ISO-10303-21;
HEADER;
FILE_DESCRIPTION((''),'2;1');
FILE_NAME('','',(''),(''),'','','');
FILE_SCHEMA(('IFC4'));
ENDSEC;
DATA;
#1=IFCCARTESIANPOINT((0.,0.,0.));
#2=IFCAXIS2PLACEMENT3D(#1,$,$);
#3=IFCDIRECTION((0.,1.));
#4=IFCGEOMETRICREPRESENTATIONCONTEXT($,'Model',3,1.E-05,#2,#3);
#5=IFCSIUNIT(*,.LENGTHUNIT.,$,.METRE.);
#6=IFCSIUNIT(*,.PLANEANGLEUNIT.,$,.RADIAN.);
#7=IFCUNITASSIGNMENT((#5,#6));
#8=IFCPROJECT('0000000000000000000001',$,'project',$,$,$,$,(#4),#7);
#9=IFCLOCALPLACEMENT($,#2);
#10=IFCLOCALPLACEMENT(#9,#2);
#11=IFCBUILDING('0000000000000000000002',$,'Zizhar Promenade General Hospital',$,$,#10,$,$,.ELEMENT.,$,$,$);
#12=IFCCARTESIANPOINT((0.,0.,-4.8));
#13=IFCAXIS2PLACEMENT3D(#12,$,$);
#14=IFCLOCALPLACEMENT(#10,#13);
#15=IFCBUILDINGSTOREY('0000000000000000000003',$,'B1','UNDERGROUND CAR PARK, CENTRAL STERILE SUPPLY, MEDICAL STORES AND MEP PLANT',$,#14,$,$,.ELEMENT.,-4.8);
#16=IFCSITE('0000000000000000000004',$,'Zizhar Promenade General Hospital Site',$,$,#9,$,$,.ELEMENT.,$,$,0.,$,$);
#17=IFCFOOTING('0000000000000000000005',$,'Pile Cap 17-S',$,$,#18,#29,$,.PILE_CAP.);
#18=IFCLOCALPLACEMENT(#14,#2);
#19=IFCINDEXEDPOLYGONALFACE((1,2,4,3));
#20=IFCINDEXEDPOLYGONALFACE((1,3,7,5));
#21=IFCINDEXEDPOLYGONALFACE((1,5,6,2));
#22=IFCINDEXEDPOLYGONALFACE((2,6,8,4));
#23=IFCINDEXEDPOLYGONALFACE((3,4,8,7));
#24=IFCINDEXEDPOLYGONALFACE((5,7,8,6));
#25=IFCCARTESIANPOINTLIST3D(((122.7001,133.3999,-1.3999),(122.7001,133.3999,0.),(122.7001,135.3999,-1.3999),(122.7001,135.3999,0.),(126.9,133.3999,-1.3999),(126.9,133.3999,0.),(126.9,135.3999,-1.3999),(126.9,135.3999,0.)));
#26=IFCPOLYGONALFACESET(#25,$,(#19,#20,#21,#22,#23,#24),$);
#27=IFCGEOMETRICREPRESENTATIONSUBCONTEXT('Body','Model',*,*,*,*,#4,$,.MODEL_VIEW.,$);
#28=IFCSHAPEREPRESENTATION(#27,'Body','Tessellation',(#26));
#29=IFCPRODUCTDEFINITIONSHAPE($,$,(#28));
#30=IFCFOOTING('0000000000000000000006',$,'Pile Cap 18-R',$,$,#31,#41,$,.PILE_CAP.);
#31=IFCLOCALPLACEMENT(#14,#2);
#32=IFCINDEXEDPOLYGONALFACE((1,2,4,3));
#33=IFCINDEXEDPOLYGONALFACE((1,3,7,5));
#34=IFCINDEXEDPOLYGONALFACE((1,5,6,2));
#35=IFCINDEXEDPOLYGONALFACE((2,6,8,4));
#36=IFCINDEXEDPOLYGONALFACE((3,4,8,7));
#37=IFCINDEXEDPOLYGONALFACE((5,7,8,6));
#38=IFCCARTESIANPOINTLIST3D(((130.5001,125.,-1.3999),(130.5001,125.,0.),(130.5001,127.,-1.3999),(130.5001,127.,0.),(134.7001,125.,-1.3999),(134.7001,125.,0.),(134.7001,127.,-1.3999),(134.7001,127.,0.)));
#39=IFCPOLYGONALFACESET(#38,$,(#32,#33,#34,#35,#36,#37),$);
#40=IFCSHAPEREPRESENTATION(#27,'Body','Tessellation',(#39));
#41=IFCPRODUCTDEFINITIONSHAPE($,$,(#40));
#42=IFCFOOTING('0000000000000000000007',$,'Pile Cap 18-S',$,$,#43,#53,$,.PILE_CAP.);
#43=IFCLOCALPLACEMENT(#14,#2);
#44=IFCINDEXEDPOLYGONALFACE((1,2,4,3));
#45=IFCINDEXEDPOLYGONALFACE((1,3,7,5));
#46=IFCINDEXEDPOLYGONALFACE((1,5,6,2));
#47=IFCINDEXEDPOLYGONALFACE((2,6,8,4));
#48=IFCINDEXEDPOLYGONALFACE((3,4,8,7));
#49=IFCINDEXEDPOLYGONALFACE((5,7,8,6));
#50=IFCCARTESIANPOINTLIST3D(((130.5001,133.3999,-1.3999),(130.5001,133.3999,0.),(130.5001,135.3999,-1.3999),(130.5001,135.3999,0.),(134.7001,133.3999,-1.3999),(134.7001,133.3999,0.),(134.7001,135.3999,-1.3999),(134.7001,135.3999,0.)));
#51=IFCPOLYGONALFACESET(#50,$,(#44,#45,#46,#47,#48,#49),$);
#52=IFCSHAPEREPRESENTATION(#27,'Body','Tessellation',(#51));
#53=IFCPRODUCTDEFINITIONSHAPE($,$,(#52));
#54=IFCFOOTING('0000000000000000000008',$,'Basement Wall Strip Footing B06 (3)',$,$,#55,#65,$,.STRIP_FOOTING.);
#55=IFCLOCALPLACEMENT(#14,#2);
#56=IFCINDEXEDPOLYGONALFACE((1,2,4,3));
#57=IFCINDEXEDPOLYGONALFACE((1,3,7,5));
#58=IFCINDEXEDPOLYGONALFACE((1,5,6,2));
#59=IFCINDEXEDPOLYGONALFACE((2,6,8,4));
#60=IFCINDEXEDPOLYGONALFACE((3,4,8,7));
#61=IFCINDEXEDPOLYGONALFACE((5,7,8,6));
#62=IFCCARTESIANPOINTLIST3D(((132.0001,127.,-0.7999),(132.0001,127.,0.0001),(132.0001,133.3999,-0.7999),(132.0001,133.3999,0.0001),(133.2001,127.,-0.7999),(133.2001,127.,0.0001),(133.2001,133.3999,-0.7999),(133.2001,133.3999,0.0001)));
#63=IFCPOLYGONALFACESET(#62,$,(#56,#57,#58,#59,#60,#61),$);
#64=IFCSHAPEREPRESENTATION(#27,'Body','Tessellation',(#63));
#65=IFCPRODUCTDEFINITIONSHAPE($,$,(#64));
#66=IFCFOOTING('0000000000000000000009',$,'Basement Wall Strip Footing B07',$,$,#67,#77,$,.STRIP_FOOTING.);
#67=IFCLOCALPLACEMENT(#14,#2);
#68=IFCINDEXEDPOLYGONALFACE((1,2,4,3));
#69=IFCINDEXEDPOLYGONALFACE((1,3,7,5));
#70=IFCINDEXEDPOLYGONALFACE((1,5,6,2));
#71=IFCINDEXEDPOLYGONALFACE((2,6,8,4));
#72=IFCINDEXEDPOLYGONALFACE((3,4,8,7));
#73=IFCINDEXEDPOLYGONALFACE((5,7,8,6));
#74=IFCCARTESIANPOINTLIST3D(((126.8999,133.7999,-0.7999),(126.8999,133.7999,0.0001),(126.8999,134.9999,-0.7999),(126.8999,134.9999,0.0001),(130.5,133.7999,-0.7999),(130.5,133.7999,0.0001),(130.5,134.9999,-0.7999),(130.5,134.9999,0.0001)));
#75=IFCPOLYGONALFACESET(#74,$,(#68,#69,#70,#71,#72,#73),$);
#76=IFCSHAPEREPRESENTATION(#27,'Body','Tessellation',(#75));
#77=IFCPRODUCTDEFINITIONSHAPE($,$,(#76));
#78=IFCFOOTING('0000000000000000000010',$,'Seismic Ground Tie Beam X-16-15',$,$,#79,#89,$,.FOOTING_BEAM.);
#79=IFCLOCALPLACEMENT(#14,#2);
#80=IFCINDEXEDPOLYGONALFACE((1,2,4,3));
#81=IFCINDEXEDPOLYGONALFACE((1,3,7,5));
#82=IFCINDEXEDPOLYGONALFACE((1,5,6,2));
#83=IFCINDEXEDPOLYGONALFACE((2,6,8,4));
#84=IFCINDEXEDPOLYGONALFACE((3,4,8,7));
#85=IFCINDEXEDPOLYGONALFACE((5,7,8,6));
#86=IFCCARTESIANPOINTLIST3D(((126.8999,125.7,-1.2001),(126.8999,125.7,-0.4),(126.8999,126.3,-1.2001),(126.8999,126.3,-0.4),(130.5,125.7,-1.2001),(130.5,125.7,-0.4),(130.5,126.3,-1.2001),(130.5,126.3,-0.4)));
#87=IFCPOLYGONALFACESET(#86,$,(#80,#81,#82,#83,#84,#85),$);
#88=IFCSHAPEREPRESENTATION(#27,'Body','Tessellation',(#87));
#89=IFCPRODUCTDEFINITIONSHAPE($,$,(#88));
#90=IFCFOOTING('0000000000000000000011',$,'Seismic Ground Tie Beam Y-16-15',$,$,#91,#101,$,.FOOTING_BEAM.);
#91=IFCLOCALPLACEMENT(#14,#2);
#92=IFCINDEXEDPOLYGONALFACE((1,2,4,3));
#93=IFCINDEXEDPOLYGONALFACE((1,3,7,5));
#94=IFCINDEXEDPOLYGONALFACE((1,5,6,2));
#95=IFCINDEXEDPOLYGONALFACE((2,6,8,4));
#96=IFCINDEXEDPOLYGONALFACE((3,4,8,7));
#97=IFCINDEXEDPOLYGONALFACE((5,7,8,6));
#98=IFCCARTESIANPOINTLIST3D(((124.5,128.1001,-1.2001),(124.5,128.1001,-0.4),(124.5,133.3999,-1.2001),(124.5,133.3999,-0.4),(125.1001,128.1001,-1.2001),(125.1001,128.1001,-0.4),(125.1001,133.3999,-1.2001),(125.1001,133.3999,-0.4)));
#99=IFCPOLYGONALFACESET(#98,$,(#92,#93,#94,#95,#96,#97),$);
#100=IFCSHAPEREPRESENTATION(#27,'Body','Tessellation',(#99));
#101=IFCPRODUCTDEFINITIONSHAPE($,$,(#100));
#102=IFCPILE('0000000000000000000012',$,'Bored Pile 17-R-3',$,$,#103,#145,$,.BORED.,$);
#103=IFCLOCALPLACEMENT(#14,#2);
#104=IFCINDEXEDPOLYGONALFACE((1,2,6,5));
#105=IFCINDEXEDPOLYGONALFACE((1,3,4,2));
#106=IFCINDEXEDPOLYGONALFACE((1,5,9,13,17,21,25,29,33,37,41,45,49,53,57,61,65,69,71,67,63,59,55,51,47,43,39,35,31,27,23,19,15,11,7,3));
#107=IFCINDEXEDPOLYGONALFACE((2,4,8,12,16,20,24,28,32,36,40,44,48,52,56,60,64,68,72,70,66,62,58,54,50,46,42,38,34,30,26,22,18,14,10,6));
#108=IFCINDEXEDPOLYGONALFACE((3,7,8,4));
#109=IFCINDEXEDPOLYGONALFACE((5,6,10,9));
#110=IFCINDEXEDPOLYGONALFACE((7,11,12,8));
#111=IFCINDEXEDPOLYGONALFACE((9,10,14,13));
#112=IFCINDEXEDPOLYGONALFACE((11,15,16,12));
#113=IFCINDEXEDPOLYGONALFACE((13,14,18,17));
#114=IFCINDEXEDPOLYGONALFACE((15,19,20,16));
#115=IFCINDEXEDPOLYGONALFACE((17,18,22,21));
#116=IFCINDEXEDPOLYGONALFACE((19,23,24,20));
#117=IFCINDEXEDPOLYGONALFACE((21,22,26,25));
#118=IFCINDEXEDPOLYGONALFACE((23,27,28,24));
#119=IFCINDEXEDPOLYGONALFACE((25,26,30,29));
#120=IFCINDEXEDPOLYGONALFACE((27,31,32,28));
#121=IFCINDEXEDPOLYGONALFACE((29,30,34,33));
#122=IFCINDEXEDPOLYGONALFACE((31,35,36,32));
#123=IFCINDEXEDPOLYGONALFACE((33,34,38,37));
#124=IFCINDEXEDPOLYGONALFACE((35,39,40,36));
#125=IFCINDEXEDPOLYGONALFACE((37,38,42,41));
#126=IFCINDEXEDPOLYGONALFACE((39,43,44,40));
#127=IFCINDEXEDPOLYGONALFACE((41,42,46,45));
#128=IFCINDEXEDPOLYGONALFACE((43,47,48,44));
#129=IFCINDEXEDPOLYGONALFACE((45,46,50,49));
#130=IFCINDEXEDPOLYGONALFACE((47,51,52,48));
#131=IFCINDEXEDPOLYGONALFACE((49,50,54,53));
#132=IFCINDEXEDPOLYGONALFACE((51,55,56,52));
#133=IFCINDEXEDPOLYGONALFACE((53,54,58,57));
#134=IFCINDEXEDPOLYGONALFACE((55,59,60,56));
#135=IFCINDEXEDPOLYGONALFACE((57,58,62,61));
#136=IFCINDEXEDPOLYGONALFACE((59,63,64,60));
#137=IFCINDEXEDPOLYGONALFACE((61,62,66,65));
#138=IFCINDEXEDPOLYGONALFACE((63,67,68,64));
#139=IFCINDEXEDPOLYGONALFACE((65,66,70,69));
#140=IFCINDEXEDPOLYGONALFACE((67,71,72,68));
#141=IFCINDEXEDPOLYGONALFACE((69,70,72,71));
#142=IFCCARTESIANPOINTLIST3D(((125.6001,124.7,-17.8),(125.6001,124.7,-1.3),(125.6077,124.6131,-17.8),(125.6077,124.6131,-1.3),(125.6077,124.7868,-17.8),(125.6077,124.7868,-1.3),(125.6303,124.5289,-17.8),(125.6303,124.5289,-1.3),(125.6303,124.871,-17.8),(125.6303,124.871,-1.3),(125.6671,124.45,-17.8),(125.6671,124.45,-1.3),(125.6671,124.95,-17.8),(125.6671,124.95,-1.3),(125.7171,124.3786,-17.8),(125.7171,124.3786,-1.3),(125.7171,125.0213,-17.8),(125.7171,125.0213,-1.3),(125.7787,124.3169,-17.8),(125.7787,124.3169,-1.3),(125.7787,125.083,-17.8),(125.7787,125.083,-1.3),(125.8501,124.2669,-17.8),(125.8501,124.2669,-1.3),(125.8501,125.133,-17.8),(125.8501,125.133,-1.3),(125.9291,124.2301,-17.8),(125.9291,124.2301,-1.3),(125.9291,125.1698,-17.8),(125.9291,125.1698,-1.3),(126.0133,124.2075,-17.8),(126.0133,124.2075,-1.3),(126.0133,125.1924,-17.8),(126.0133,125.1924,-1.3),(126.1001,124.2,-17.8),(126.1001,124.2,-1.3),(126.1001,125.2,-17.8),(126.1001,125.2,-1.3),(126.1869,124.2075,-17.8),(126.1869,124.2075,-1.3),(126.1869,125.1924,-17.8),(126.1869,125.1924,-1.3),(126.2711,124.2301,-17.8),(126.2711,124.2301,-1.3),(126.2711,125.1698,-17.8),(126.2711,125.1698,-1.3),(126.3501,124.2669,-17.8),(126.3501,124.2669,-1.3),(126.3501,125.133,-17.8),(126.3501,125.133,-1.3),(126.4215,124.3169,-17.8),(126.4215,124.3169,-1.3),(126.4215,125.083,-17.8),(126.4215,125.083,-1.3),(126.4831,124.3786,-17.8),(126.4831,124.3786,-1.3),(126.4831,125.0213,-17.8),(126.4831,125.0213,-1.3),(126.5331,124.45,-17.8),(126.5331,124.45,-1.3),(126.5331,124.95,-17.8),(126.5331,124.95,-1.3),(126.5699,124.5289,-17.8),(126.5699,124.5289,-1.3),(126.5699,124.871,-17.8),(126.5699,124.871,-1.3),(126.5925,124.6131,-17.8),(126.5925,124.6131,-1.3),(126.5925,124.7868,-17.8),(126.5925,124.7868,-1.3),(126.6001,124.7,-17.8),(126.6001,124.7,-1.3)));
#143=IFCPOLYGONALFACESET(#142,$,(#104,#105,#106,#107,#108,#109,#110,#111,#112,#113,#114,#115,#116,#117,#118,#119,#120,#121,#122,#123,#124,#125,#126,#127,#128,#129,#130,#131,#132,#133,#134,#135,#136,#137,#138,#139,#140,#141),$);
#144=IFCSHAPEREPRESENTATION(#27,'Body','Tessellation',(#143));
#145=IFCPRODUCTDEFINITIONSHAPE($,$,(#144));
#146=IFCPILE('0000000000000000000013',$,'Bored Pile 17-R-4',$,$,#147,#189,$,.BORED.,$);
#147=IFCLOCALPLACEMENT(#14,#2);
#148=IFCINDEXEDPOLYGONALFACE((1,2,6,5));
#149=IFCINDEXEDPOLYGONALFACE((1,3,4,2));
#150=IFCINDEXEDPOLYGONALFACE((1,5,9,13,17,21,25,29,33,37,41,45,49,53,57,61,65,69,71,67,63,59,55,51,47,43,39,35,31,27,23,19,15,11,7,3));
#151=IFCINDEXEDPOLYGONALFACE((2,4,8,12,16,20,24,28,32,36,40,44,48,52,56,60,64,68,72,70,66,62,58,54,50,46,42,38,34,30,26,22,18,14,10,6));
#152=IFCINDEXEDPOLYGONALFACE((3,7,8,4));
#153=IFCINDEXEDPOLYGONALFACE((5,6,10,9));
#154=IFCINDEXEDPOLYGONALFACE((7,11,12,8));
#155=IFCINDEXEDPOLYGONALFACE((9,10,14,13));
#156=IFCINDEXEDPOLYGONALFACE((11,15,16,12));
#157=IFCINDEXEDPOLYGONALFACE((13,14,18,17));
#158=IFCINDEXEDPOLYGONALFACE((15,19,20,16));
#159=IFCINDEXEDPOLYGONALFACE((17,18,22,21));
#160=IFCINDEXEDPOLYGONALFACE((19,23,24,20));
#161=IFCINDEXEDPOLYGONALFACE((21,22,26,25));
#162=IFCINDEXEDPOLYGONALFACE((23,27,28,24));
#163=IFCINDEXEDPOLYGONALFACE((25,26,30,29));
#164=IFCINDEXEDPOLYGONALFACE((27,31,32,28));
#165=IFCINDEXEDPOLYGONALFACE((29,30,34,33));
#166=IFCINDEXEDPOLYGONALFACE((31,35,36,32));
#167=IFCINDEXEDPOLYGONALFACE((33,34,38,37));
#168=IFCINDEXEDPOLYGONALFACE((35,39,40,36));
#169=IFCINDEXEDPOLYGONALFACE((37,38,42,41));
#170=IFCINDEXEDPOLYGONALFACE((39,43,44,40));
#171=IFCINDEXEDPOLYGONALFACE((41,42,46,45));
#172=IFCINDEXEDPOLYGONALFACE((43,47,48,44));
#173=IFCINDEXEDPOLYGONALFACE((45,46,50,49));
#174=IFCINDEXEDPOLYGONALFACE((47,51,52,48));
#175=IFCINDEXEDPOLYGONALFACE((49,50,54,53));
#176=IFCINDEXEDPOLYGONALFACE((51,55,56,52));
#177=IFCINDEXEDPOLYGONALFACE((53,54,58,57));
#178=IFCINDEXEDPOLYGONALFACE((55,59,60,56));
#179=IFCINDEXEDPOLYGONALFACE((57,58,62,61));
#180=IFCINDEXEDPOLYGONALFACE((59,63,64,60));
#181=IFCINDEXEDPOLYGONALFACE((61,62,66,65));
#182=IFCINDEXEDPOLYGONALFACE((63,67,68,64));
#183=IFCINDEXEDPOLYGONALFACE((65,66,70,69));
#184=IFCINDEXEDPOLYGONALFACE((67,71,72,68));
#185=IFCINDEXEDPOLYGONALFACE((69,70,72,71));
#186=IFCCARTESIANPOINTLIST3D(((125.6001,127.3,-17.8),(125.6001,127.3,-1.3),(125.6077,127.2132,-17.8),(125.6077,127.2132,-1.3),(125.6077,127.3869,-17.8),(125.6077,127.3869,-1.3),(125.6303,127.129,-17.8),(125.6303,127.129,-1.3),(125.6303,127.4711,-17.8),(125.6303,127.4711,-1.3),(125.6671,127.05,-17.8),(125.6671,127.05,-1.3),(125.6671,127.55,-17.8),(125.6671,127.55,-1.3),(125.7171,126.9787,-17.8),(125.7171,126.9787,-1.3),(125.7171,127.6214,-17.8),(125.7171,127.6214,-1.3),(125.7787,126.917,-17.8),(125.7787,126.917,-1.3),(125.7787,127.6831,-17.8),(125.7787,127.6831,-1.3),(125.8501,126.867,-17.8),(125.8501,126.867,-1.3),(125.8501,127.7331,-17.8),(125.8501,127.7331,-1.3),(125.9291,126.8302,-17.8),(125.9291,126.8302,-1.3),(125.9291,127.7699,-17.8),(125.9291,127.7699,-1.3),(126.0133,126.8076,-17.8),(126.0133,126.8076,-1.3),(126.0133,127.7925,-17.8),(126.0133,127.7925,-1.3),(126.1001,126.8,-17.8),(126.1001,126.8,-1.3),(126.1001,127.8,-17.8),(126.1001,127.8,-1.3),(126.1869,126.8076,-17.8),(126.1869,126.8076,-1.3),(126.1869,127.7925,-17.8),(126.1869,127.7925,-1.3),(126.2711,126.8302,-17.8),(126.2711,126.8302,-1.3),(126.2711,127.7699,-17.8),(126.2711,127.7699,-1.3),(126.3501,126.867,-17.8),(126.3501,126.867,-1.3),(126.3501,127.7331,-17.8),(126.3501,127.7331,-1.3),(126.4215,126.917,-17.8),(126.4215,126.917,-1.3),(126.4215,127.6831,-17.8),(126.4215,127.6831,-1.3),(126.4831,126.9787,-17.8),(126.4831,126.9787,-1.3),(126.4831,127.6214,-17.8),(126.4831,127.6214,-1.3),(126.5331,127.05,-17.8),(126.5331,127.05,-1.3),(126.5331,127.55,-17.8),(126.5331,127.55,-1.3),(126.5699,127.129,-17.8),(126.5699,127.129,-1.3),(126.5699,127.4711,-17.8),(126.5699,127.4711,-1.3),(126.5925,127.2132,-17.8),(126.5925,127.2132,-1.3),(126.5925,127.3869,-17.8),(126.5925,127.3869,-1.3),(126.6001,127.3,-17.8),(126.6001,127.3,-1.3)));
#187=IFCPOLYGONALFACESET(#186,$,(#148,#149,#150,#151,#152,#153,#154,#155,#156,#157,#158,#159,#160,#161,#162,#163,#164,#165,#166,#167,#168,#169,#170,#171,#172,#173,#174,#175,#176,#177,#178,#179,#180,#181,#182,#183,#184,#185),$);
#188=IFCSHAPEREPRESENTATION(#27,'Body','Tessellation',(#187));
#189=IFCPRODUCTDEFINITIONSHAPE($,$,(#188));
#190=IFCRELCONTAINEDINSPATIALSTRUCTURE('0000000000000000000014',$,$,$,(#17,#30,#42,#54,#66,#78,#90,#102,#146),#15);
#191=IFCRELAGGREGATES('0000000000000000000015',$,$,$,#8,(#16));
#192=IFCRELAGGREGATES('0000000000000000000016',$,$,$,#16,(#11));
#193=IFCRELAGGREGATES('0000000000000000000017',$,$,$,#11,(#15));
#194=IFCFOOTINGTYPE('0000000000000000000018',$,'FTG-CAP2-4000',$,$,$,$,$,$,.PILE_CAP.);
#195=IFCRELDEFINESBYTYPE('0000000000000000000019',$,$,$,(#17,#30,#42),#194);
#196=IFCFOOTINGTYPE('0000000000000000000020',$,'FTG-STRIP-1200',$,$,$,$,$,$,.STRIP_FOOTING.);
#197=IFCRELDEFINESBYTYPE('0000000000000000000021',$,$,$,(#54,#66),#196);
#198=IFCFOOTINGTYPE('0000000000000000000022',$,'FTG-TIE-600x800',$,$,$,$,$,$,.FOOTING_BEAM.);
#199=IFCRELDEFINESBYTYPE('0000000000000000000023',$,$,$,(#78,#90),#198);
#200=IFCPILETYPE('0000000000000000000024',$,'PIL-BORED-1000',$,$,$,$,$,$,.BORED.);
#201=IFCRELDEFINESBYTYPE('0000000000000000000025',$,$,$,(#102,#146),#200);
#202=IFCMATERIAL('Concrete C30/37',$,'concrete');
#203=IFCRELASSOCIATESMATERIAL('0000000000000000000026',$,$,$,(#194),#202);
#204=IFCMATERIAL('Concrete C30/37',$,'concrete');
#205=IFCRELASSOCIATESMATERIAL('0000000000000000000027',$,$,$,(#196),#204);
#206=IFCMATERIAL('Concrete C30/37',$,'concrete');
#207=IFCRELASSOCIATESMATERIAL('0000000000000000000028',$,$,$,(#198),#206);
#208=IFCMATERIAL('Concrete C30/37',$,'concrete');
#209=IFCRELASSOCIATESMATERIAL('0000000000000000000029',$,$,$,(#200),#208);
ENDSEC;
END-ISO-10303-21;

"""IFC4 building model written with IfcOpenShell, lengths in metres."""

from ifc_helpers import new_model, si_unit, direction, frame, origin, origin_2d, place, context, subcontext, project, spatial, rectangle, circle, extrude, material, material_profile, profile_set, type_object, element, save


model = new_model("IFC4")

# Units and contexts
model_context = context("Model", 3, precision=1e-05, world=origin(), true_north=direction((0.0, 1.0)))
body_context = subcontext(model_context, "Body", "Model", "MODEL_VIEW")
ifc_project = project(units=[si_unit("LENGTHUNIT", "METRE"), si_unit("PLANEANGLEUNIT", "RADIAN")], contexts=[model_context])

# Site, building, storey
site_placement = place(None, origin())
site = spatial("IfcSite", under=ifc_project, at=site_placement, Name="Zizhar Promenade General Hospital Site", CompositionType="ELEMENT", RefElevation=0.0)
building_placement = place(site_placement, origin())
building = spatial("IfcBuilding", under=site, at=building_placement, Name="Zizhar Promenade General Hospital", CompositionType="ELEMENT")
storey_placement = place(building_placement, frame((0.0, 0.0, -4.8)))
storey = spatial("IfcBuildingStorey", under=building, at=storey_placement, Name="B1", Description="UNDERGROUND CAR PARK, CENTRAL STERILE SUPPLY, MEDICAL STORES AND MEP PLANT", CompositionType="ELEMENT", Elevation=-4.8)

# Footings
ifc_material_1 = material(Name="Concrete C30/37", Category="concrete")
footing_type_1 = type_object("IfcFootingType", Name="FTG-CAP2-4000", PredefinedType="PILE_CAP", material=ifc_material_1)
for number, where, z_axis, x_axis, name in (
    (1, (124.8, 134.3999, -1.3999), (0.0, 0.0, 1.0), (1.0, 0.0, 0.0), "Pile Cap 17-S"),
    (2, (132.6001, 126.0, -1.3999), (0.0, 0.0, 1.0), (1.0, 0.0, 0.0), "Pile Cap 18-R"),
    (3, (132.6001, 134.3999, -1.3999), (0.0, 0.0, 1.0), (1.0, 0.0, 0.0), "Pile Cap 18-S"),
):
    element("IfcFooting", number, at=place(storey_placement, frame(where, z_axis=z_axis, x_axis=x_axis)), inside=storey, type_object=footing_type_1, Name=name, PredefinedType="PILE_CAP", context=body_context, shape_type="SweptSolid", body=[
        extrude(rectangle(XDim=4.2, YDim=2.0, at=origin_2d()), origin(), (0.0, 0.0, 1.0), 1.3999),
    ])
ifc_material_2 = material(Name="Concrete C30/37", Category="concrete")
ifc_material_profile_1 = material_profile(ifc_material_2, rectangle(XDim=1.2, YDim=0.8, at=origin_2d()))
ifc_profile_set_1 = profile_set([ifc_material_profile_1], Name="Concrete C30/37")
footing_type_2 = type_object("IfcFootingType", Name="FTG-STRIP-1200", PredefinedType="STRIP_FOOTING", material=ifc_profile_set_1)
footing_1_placement = place(storey_placement, frame((132.6001, 127.0, -0.3999), z_axis=(0.0, 1.0, 0.0), x_axis=(-1.0, 0.0, 0.0)))
element("IfcFooting", 4, at=footing_1_placement, inside=storey, type_object=footing_type_2, Name="Basement Wall Strip Footing B06 (3)", PredefinedType="STRIP_FOOTING", context=body_context, shape_type="SweptSolid", body=[
    extrude(rectangle(XDim=1.2, YDim=0.8, at=origin_2d()), origin(), (0.0, 0.0, 1.0), 6.3999),
])
footing_2_placement = place(storey_placement, frame((130.5, 134.3999, -0.3999), z_axis=(-1.0, 0.0, 0.0), x_axis=(0.0, -1.0, 0.0)))
element("IfcFooting", 5, at=footing_2_placement, inside=storey, type_object=footing_type_2, Name="Basement Wall Strip Footing B07", PredefinedType="STRIP_FOOTING", context=body_context, shape_type="SweptSolid", body=[
    extrude(rectangle(XDim=1.2, YDim=0.8, at=origin_2d()), origin(), (0.0, 0.0, 1.0), 3.6001),
])
ifc_material_3 = material(Name="Concrete C30/37", Category="concrete")
ifc_material_profile_2 = material_profile(ifc_material_3, rectangle(XDim=0.6001, YDim=0.8, at=origin_2d()))
ifc_profile_set_2 = profile_set([ifc_material_profile_2], Name="Concrete C30/37")
footing_type_3 = type_object("IfcFootingType", Name="FTG-TIE-600x800", PredefinedType="FOOTING_BEAM", material=ifc_profile_set_2)
footing_3_placement = place(storey_placement, frame((126.8999, 126.0, -0.8), z_axis=(1.0, 0.0, 0.0), x_axis=(0.0, 1.0, 0.0)))
element("IfcFooting", 6, at=footing_3_placement, inside=storey, type_object=footing_type_3, Name="Seismic Ground Tie Beam X-16-15", PredefinedType="FOOTING_BEAM", context=body_context, shape_type="SweptSolid", body=[
    extrude(rectangle(XDim=0.6001, YDim=0.8, at=origin_2d()), origin(), (0.0, 0.0, 1.0), 3.6001),
])
footing_4_placement = place(storey_placement, frame((124.8, 128.1001, -0.8), z_axis=(0.0, 1.0, 0.0), x_axis=(-1.0, 0.0, 0.0)))
element("IfcFooting", 7, at=footing_4_placement, inside=storey, type_object=footing_type_3, Name="Seismic Ground Tie Beam Y-16-15", PredefinedType="FOOTING_BEAM", context=body_context, shape_type="SweptSolid", body=[
    extrude(rectangle(XDim=0.6001, YDim=0.8, at=origin_2d()), origin(), (0.0, 0.0, 1.0), 5.2998),
])

# Piles
ifc_material_4 = material(Name="Concrete C30/37", Category="concrete")
ifc_material_profile_3 = material_profile(ifc_material_4, circle(Radius=0.5, at=origin_2d()))
ifc_profile_set_3 = profile_set([ifc_material_profile_3], Name="Concrete C30/37")
pile_type = type_object("IfcPileType", Name="PIL-BORED-1000", PredefinedType="BORED", material=ifc_profile_set_3)
for number, where, z_axis, x_axis, name in (
    (8, (126.1001, 124.7, -1.3), (0.0, 0.0, -1.0), (1.0, 0.0, 0.0), "Bored Pile 17-R-3"),
    (9, (126.1001, 127.3, -1.3), (0.0, 0.0, -1.0), (1.0, 0.0, 0.0), "Bored Pile 17-R-4"),
):
    element("IfcPile", number, at=place(storey_placement, frame(where, z_axis=z_axis, x_axis=x_axis)), inside=storey, type_object=pile_type, Name=name, PredefinedType="BORED", context=body_context, shape_type="SweptSolid", body=[
        extrude(circle(Radius=0.5, at=origin_2d()), origin(), (0.0, 0.0, 1.0), 16.5),
    ])

save(model, "model.ifc")
